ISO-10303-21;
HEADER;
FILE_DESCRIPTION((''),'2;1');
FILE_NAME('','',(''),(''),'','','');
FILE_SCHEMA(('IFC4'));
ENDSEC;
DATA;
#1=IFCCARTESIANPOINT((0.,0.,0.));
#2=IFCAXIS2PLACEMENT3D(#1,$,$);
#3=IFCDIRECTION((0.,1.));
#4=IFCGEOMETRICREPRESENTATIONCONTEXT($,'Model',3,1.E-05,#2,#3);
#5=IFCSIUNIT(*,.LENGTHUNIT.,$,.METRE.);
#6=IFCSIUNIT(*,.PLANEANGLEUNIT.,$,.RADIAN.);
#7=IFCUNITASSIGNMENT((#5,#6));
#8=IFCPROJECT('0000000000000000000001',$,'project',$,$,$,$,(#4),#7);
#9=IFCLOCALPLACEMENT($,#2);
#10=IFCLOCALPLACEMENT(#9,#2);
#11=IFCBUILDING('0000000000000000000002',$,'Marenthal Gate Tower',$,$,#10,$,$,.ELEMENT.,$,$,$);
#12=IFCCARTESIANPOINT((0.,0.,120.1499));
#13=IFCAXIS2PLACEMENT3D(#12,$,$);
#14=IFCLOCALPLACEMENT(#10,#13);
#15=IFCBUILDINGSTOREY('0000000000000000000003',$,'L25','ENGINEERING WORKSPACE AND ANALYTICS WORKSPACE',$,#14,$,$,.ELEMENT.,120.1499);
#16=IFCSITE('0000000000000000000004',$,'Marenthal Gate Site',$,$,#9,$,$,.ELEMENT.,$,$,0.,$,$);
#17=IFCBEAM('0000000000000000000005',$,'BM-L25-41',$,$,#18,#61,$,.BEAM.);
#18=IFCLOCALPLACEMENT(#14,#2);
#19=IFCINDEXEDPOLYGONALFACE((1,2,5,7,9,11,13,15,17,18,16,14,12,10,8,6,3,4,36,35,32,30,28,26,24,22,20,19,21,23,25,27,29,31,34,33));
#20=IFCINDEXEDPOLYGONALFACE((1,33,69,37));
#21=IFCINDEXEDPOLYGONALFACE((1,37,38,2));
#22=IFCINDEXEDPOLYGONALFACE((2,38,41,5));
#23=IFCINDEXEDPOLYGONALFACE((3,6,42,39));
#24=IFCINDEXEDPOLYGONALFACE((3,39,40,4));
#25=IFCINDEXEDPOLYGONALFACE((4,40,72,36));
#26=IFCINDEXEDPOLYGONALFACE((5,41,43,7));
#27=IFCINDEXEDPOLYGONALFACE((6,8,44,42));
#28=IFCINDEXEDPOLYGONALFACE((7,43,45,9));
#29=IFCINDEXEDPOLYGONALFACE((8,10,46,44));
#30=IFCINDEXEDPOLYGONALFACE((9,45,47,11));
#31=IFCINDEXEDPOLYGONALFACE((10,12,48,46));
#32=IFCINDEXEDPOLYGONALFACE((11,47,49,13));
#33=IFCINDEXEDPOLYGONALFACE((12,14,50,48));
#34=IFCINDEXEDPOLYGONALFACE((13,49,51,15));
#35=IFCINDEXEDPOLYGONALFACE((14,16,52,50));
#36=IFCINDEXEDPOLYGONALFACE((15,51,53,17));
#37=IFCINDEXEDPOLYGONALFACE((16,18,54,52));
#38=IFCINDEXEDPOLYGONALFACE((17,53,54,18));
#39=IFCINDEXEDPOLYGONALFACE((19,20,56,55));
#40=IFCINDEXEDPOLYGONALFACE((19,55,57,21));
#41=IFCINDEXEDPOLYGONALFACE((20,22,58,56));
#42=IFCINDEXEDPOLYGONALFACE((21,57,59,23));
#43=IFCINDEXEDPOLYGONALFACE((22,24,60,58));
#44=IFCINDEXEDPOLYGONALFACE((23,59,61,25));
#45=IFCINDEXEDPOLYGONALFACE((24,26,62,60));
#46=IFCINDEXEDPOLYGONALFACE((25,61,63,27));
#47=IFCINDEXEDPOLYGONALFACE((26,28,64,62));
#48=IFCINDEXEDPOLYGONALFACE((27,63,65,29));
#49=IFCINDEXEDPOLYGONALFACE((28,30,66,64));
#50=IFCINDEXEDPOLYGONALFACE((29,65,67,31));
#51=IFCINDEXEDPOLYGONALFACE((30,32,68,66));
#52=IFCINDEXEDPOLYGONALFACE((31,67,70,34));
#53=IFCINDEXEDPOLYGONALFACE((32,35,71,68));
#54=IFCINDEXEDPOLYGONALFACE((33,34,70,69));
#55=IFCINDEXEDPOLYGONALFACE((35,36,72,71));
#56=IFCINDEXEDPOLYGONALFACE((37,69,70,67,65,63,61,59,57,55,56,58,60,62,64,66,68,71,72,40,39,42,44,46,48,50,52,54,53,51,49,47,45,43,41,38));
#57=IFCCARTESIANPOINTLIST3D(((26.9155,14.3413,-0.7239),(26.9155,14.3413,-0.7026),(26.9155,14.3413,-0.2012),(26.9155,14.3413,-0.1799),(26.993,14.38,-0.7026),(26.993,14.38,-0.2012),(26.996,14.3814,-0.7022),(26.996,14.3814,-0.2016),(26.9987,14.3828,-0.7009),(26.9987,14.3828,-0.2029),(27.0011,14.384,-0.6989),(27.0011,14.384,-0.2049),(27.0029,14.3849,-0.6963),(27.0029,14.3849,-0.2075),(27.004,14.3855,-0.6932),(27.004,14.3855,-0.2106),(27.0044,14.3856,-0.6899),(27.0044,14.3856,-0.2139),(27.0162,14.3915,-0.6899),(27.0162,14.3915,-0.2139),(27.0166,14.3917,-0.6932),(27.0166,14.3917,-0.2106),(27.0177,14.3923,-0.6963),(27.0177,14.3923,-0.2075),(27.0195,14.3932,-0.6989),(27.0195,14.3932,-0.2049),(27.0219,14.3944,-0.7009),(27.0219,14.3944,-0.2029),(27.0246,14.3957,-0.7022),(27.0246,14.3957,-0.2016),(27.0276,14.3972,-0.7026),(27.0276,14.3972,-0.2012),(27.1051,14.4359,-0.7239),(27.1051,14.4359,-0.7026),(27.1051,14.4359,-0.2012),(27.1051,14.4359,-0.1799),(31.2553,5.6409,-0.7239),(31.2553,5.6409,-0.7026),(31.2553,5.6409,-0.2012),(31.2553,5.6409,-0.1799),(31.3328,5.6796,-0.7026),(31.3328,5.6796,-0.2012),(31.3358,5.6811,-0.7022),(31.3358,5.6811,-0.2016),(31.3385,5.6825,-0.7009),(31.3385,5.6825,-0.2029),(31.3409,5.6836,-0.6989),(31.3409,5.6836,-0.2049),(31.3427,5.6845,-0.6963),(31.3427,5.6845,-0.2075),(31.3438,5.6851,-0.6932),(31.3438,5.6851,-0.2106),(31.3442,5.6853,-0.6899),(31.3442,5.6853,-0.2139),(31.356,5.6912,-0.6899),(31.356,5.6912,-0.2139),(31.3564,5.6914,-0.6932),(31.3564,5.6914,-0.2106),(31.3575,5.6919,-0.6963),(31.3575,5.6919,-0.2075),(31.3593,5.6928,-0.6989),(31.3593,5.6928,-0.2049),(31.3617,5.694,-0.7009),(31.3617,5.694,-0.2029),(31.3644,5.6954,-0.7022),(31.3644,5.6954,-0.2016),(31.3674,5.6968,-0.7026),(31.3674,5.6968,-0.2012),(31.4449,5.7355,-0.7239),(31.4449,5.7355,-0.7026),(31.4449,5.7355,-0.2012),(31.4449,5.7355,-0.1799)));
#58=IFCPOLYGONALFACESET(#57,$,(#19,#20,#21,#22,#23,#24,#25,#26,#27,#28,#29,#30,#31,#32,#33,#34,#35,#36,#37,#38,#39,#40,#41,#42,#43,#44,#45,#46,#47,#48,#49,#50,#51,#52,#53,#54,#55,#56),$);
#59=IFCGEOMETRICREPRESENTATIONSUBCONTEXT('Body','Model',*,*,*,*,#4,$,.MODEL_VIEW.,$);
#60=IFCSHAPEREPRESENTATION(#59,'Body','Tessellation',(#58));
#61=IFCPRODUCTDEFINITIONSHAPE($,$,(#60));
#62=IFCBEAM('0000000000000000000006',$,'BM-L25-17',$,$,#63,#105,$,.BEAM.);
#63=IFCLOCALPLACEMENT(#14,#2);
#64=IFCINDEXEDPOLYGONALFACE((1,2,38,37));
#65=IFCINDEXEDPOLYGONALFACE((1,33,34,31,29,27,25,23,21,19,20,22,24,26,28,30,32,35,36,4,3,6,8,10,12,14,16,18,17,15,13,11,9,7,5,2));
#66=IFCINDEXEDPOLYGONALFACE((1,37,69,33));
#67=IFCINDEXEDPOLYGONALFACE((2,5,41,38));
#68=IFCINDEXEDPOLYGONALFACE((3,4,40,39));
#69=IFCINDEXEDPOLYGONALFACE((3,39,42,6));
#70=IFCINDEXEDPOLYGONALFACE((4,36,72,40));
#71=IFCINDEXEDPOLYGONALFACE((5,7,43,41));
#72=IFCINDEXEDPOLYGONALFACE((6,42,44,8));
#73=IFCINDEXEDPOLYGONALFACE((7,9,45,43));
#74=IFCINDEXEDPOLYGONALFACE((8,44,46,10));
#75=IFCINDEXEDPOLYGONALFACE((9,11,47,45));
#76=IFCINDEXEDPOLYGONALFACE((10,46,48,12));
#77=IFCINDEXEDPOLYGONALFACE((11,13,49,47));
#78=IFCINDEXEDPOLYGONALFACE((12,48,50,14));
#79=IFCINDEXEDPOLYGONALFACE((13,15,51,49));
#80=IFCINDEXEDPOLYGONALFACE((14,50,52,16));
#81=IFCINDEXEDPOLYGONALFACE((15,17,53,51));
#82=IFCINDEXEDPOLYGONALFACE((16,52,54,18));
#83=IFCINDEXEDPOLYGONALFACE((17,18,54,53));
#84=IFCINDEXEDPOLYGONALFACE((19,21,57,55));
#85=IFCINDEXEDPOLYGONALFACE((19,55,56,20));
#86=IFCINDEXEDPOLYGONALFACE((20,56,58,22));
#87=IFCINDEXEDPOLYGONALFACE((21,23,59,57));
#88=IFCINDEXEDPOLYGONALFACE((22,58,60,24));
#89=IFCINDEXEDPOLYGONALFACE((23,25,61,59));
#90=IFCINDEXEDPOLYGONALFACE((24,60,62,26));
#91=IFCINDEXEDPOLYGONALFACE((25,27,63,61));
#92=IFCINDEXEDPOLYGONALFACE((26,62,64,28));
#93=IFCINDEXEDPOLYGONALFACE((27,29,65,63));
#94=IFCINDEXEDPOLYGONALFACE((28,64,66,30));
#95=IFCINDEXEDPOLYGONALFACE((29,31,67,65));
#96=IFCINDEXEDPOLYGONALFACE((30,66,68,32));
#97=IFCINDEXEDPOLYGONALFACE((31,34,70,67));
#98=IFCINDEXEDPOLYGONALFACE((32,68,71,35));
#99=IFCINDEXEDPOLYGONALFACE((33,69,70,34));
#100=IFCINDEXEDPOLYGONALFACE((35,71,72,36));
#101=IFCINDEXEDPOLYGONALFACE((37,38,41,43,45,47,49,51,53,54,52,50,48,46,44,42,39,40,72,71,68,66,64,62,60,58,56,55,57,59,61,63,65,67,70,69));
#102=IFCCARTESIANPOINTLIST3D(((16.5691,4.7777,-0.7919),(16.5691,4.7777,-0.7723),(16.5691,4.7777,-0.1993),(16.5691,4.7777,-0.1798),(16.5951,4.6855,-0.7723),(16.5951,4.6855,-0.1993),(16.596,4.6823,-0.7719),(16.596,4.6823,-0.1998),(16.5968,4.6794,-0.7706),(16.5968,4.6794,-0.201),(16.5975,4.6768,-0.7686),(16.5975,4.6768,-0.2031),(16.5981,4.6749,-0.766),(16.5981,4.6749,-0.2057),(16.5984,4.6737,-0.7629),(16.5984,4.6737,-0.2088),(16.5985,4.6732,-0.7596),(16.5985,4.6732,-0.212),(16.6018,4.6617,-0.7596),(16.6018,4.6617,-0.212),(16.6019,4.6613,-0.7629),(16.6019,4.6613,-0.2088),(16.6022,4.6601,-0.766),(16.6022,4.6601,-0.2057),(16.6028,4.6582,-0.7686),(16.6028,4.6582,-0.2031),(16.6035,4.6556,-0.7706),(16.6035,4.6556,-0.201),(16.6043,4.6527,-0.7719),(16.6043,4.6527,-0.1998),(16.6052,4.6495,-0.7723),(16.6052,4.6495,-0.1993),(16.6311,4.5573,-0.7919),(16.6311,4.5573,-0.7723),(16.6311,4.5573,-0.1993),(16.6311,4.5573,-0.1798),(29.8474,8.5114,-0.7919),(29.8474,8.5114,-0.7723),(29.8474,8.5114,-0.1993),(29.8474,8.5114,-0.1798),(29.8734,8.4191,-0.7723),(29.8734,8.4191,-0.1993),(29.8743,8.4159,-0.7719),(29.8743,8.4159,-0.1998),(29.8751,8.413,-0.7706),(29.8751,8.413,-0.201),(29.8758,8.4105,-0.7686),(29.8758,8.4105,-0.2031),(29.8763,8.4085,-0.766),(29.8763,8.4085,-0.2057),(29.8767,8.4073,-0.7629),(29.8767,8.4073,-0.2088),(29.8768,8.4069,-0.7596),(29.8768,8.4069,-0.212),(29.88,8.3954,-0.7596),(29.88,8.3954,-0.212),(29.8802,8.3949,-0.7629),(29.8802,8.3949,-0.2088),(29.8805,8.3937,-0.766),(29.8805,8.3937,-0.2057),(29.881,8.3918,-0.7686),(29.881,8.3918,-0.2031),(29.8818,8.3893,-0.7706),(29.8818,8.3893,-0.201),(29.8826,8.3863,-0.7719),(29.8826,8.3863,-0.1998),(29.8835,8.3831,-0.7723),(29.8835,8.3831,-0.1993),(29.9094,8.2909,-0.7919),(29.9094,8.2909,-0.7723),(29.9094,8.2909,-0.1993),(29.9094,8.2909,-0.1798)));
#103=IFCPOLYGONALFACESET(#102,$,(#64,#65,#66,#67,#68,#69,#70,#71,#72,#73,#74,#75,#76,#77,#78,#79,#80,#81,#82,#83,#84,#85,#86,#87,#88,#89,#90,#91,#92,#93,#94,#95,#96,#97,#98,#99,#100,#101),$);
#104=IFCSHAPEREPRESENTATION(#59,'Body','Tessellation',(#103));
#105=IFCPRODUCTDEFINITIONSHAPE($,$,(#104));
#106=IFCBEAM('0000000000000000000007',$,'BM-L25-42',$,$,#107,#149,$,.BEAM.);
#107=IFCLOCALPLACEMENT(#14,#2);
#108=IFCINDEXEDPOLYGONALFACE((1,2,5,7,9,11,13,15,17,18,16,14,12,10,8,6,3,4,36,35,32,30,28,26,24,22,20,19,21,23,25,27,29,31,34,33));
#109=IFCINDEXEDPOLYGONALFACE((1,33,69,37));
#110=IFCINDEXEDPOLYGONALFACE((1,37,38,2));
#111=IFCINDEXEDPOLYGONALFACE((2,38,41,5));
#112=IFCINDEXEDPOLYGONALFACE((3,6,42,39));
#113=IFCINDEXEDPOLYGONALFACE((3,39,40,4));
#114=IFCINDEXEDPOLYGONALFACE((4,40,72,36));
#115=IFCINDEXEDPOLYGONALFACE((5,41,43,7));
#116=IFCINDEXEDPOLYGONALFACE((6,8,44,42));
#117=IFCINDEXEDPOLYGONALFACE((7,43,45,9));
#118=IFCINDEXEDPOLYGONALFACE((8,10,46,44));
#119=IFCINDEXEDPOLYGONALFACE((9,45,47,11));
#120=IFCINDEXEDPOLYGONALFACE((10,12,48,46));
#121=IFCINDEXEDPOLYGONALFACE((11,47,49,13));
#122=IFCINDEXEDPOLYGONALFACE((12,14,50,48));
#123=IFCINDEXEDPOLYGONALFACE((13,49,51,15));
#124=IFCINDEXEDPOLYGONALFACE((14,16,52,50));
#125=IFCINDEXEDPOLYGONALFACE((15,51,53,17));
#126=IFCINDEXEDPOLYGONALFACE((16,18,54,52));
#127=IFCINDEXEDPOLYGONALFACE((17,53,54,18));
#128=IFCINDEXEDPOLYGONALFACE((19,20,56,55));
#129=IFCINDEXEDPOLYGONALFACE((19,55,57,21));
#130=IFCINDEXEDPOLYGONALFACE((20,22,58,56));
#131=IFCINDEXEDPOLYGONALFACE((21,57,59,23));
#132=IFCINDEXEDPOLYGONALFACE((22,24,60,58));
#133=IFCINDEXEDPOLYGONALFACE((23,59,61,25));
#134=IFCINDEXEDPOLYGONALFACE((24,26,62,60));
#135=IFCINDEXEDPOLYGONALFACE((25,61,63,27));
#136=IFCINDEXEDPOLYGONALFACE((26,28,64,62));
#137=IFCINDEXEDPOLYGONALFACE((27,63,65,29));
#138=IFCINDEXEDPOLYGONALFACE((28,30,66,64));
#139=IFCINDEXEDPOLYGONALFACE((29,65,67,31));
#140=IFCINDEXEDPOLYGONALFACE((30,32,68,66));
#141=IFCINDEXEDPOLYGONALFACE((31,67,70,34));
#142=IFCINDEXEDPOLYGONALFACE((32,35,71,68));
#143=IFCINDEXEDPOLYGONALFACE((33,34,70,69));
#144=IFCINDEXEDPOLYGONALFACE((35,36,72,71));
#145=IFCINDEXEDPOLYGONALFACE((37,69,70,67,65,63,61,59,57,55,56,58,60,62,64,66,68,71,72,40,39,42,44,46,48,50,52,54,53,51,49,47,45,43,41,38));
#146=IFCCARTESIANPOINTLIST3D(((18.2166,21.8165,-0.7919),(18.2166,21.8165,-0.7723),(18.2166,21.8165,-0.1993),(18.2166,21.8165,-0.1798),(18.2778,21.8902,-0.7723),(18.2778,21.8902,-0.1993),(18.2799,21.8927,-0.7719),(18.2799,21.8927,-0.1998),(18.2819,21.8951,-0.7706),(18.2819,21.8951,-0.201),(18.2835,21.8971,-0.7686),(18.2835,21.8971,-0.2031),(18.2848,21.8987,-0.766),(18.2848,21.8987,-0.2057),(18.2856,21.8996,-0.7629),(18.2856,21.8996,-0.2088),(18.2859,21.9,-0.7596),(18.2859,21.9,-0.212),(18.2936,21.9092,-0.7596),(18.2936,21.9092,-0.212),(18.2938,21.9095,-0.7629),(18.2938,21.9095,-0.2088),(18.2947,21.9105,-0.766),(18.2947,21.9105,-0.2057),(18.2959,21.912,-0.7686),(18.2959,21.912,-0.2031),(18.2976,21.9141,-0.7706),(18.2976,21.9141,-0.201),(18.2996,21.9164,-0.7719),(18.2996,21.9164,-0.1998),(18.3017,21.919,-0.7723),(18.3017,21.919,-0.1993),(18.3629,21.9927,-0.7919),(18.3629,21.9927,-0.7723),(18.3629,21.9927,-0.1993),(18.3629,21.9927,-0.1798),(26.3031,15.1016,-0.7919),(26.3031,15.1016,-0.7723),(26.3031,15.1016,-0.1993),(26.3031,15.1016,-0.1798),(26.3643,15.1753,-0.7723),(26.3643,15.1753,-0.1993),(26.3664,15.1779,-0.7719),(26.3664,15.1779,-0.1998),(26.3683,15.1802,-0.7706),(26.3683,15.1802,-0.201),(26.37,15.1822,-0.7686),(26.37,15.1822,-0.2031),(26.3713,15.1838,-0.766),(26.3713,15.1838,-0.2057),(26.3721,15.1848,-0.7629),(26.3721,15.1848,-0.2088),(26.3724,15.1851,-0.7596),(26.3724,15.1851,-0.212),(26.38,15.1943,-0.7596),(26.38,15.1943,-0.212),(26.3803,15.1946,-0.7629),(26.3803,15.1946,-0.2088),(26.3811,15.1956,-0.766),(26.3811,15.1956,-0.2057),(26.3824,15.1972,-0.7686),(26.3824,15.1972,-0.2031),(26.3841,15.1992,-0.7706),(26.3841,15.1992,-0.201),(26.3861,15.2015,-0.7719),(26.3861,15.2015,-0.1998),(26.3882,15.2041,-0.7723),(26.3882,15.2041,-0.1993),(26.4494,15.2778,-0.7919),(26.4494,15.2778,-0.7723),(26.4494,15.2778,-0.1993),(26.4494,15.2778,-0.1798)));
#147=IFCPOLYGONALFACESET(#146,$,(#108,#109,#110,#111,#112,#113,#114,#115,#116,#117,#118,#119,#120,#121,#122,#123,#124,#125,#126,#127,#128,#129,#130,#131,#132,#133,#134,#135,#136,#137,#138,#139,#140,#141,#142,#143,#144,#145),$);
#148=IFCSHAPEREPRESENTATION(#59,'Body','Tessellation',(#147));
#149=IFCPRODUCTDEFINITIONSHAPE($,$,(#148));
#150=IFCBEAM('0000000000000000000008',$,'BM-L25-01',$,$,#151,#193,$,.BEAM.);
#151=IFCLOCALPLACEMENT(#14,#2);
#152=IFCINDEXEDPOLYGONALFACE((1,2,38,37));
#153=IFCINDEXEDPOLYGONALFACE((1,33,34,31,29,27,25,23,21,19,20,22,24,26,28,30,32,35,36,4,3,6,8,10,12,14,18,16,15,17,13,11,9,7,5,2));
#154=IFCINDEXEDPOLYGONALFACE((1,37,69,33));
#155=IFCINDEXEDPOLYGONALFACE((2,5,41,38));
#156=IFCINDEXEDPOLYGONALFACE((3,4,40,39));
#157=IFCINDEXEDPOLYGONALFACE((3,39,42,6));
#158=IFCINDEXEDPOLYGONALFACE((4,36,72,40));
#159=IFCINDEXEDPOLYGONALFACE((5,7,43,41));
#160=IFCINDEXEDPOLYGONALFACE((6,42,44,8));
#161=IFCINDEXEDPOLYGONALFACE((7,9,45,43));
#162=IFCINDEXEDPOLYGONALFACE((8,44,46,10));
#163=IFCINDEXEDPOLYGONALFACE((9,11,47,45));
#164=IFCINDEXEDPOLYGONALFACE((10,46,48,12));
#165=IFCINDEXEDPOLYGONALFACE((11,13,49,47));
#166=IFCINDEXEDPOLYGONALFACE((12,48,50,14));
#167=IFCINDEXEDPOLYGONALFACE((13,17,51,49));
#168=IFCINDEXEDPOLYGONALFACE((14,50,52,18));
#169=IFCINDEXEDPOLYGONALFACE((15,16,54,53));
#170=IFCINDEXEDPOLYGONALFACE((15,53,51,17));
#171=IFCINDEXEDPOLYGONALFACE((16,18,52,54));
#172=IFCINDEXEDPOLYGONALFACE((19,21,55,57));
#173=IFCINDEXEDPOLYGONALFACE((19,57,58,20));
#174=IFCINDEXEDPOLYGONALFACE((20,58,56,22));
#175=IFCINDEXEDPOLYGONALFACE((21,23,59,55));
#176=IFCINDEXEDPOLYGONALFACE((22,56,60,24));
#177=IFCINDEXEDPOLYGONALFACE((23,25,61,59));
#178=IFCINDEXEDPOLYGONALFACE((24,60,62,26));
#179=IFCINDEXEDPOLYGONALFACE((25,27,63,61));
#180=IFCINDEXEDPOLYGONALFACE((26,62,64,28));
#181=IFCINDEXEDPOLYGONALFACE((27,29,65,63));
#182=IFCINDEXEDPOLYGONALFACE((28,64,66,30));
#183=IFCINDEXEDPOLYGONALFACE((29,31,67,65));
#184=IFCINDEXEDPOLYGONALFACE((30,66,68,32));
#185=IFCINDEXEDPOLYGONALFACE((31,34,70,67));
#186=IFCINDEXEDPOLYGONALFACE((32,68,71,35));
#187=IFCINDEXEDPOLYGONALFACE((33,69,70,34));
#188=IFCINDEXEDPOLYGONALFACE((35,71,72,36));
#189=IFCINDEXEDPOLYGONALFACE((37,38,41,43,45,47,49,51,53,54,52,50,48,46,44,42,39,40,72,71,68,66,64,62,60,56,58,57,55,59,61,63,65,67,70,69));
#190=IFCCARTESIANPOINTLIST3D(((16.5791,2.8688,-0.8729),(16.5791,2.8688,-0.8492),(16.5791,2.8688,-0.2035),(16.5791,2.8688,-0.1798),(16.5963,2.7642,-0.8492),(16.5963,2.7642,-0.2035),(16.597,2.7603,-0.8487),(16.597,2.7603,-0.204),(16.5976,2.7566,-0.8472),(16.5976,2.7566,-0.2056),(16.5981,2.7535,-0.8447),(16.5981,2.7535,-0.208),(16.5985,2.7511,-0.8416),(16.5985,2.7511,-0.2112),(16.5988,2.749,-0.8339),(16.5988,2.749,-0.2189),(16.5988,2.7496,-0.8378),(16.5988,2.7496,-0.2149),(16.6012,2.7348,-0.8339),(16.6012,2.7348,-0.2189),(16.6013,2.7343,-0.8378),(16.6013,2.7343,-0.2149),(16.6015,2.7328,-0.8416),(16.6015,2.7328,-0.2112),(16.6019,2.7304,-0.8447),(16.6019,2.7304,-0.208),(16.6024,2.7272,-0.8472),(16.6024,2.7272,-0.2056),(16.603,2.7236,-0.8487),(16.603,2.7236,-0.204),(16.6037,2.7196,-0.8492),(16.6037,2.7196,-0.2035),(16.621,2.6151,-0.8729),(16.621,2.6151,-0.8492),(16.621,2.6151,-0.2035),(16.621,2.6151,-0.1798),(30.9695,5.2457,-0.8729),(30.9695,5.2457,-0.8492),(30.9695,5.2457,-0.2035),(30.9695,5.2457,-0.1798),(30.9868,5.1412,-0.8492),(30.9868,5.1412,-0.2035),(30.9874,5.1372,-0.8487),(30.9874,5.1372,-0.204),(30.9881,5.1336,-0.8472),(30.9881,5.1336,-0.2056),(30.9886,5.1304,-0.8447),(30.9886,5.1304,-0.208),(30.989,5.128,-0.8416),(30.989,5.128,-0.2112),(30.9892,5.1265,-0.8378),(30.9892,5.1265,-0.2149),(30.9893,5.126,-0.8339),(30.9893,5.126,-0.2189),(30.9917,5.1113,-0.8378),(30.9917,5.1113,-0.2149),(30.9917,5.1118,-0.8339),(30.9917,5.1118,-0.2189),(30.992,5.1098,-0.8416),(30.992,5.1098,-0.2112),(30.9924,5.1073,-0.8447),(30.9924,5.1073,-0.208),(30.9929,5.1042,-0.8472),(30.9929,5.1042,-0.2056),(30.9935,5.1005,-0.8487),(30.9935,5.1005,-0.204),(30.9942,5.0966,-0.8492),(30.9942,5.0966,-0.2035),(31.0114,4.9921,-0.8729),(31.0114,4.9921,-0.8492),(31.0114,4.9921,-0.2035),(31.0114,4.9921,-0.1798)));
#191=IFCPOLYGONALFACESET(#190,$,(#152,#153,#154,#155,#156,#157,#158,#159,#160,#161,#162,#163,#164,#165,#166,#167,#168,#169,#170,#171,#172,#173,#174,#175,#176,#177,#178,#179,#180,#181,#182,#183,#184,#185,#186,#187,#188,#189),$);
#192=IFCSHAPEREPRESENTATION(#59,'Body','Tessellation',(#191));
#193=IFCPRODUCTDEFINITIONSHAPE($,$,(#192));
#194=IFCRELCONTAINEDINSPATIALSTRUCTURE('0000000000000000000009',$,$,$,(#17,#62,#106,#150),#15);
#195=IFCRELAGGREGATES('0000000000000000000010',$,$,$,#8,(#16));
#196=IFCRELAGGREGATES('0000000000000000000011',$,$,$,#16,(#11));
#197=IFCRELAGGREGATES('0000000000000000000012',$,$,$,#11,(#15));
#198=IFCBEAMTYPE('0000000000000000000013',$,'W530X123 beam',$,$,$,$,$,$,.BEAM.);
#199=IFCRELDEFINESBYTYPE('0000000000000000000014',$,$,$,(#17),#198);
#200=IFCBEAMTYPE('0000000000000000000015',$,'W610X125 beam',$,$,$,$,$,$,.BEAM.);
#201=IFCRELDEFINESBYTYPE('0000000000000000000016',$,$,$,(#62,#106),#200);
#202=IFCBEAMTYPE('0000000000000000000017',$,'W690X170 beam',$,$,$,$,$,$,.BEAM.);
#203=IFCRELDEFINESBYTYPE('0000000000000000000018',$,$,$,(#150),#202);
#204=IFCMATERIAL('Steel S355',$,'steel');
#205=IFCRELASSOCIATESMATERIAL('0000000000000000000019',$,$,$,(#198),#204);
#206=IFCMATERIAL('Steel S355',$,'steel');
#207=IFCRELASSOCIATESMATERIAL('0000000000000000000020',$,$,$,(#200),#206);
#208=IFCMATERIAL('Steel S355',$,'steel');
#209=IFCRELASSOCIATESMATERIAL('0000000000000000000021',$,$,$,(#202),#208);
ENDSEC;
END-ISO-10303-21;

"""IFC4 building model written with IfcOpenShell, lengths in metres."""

from ifc_helpers import new_model, si_unit, direction, frame, origin, origin_2d, place, context, subcontext, project, spatial, i_section, extrude, material, material_profile, profile_set, type_object, element, save


model = new_model("IFC4")

# Units and contexts
model_context = context("Model", 3, precision=1e-05, world=origin(), true_north=direction((0.0, 1.0)))
body_context = subcontext(model_context, "Body", "Model", "MODEL_VIEW")
ifc_project = project(units=[si_unit("LENGTHUNIT", "METRE"), si_unit("PLANEANGLEUNIT", "RADIAN")], contexts=[model_context])

# Site, building, storey
site_placement = place(None, origin())
site = spatial("IfcSite", under=ifc_project, at=site_placement, Name="Marenthal Gate Site", CompositionType="ELEMENT", RefElevation=0.0)
building_placement = place(site_placement, origin())
building = spatial("IfcBuilding", under=site, at=building_placement, Name="Marenthal Gate Tower", CompositionType="ELEMENT")
storey_placement = place(building_placement, frame((0.0, 0.0, 120.1499)))
storey = spatial("IfcBuildingStorey", under=building, at=storey_placement, Name="L25", Description="ENGINEERING WORKSPACE AND ANALYTICS WORKSPACE", CompositionType="ELEMENT", Elevation=120.1499)

# Beams
ifc_material_1 = material(Name="Steel S355", Category="steel")
ifc_material_profile_1 = material_profile(ifc_material_1, i_section(OverallWidth=0.2119, OverallDepth=0.5439, WebThickness=0.0132, FlangeThickness=0.0212, FilletRadius=0.0127, at=origin_2d()), Name="W530X123")
ifc_profile_set_1 = profile_set([ifc_material_profile_1], Name="Steel S355")
beam_type_1 = type_object("IfcBeamType", Name="W530X123 beam", PredefinedType="BEAM", material=ifc_profile_set_1)
beam_1_placement = place(storey_placement, frame((31.3501, 5.6882, -0.4519), z_axis=(-0.44636, 0.894854, 0.0), x_axis=(-0.894854, -0.44636, 0.0)))
element("IfcBeam", 1, at=beam_1_placement, inside=storey, type_object=beam_type_1, Name="BM-L25-41", PredefinedType="BEAM", context=body_context, shape_type="SweptSolid", body=[
    extrude(i_section(OverallWidth=0.2119, OverallDepth=0.5439, WebThickness=0.0132, FlangeThickness=0.0212, FilletRadius=0.0127, at=origin_2d()), origin(), (0.0, 0.0, 1.0), 9.7227),
])
ifc_material_2 = material(Name="Steel S355", Category="steel")
ifc_material_profile_2 = material_profile(ifc_material_2, i_section(OverallWidth=0.229, OverallDepth=0.6121, WebThickness=0.012, FlangeThickness=0.0195, FilletRadius=0.0127, at=origin_2d()), Name="W610X125")
ifc_profile_set_2 = profile_set([ifc_material_profile_2], Name="Steel S355")
beam_type_2 = type_object("IfcBeamType", Name="W610X125 beam", PredefinedType="BEAM", material=ifc_profile_set_2)
beam_2_placement = place(storey_placement, frame((29.8784, 8.4011, -0.4858), z_axis=(-0.962668, -0.270686, 0.0), x_axis=(0.270686, -0.962668, 0.0)))
element("IfcBeam", 2, at=beam_2_placement, inside=storey, type_object=beam_type_2, Name="BM-L25-17", PredefinedType="BEAM", context=body_context, shape_type="SweptSolid", body=[
    extrude(i_section(OverallWidth=0.229, OverallDepth=0.6121, WebThickness=0.012, FlangeThickness=0.0195, FilletRadius=0.0127, at=origin_2d()), origin(), (0.0, 0.0, 1.0), 13.7932),
])
beam_3_placement = place(storey_placement, frame((26.3762, 15.1897, -0.4858), z_axis=(-0.769336, 0.638845, 0.0), x_axis=(-0.638845, -0.769336, 0.0)))
element("IfcBeam", 3, at=beam_3_placement, inside=storey, type_object=beam_type_2, Name="BM-L25-42", PredefinedType="BEAM", context=body_context, shape_type="SweptSolid", body=[
    extrude(i_section(OverallWidth=0.229, OverallDepth=0.6121, WebThickness=0.012, FlangeThickness=0.0195, FilletRadius=0.0127, at=origin_2d()), origin(), (0.0, 0.0, 1.0), 10.511),
])
ifc_material_3 = material(Name="Steel S355", Category="steel")
ifc_material_profile_3 = material_profile(ifc_material_3, i_section(OverallWidth=0.2571, OverallDepth=0.6931, WebThickness=0.0144, FlangeThickness=0.0237, FilletRadius=0.0154, at=origin_2d()), Name="W690X170")
ifc_profile_set_3 = profile_set([ifc_material_profile_3], Name="Steel S355")
beam_type_3 = type_object("IfcBeamType", Name="W690X170 beam", PredefinedType="BEAM", material=ifc_profile_set_3)
beam_4_placement = place(storey_placement, frame((30.9905, 5.1189, -0.5264), z_axis=(-0.986631, -0.162968, 0.0), x_axis=(0.162968, -0.986631, 0.0)))
element("IfcBeam", 4, at=beam_4_placement, inside=storey, type_object=beam_type_3, Name="BM-L25-01", PredefinedType="BEAM", context=body_context, shape_type="SweptSolid", body=[
    extrude(i_section(OverallWidth=0.2571, OverallDepth=0.6931, WebThickness=0.0144, FlangeThickness=0.0237, FilletRadius=0.0154, at=origin_2d()), origin(), (0.0, 0.0, 1.0), 14.5854),
])

save(model, "model.ifc")
